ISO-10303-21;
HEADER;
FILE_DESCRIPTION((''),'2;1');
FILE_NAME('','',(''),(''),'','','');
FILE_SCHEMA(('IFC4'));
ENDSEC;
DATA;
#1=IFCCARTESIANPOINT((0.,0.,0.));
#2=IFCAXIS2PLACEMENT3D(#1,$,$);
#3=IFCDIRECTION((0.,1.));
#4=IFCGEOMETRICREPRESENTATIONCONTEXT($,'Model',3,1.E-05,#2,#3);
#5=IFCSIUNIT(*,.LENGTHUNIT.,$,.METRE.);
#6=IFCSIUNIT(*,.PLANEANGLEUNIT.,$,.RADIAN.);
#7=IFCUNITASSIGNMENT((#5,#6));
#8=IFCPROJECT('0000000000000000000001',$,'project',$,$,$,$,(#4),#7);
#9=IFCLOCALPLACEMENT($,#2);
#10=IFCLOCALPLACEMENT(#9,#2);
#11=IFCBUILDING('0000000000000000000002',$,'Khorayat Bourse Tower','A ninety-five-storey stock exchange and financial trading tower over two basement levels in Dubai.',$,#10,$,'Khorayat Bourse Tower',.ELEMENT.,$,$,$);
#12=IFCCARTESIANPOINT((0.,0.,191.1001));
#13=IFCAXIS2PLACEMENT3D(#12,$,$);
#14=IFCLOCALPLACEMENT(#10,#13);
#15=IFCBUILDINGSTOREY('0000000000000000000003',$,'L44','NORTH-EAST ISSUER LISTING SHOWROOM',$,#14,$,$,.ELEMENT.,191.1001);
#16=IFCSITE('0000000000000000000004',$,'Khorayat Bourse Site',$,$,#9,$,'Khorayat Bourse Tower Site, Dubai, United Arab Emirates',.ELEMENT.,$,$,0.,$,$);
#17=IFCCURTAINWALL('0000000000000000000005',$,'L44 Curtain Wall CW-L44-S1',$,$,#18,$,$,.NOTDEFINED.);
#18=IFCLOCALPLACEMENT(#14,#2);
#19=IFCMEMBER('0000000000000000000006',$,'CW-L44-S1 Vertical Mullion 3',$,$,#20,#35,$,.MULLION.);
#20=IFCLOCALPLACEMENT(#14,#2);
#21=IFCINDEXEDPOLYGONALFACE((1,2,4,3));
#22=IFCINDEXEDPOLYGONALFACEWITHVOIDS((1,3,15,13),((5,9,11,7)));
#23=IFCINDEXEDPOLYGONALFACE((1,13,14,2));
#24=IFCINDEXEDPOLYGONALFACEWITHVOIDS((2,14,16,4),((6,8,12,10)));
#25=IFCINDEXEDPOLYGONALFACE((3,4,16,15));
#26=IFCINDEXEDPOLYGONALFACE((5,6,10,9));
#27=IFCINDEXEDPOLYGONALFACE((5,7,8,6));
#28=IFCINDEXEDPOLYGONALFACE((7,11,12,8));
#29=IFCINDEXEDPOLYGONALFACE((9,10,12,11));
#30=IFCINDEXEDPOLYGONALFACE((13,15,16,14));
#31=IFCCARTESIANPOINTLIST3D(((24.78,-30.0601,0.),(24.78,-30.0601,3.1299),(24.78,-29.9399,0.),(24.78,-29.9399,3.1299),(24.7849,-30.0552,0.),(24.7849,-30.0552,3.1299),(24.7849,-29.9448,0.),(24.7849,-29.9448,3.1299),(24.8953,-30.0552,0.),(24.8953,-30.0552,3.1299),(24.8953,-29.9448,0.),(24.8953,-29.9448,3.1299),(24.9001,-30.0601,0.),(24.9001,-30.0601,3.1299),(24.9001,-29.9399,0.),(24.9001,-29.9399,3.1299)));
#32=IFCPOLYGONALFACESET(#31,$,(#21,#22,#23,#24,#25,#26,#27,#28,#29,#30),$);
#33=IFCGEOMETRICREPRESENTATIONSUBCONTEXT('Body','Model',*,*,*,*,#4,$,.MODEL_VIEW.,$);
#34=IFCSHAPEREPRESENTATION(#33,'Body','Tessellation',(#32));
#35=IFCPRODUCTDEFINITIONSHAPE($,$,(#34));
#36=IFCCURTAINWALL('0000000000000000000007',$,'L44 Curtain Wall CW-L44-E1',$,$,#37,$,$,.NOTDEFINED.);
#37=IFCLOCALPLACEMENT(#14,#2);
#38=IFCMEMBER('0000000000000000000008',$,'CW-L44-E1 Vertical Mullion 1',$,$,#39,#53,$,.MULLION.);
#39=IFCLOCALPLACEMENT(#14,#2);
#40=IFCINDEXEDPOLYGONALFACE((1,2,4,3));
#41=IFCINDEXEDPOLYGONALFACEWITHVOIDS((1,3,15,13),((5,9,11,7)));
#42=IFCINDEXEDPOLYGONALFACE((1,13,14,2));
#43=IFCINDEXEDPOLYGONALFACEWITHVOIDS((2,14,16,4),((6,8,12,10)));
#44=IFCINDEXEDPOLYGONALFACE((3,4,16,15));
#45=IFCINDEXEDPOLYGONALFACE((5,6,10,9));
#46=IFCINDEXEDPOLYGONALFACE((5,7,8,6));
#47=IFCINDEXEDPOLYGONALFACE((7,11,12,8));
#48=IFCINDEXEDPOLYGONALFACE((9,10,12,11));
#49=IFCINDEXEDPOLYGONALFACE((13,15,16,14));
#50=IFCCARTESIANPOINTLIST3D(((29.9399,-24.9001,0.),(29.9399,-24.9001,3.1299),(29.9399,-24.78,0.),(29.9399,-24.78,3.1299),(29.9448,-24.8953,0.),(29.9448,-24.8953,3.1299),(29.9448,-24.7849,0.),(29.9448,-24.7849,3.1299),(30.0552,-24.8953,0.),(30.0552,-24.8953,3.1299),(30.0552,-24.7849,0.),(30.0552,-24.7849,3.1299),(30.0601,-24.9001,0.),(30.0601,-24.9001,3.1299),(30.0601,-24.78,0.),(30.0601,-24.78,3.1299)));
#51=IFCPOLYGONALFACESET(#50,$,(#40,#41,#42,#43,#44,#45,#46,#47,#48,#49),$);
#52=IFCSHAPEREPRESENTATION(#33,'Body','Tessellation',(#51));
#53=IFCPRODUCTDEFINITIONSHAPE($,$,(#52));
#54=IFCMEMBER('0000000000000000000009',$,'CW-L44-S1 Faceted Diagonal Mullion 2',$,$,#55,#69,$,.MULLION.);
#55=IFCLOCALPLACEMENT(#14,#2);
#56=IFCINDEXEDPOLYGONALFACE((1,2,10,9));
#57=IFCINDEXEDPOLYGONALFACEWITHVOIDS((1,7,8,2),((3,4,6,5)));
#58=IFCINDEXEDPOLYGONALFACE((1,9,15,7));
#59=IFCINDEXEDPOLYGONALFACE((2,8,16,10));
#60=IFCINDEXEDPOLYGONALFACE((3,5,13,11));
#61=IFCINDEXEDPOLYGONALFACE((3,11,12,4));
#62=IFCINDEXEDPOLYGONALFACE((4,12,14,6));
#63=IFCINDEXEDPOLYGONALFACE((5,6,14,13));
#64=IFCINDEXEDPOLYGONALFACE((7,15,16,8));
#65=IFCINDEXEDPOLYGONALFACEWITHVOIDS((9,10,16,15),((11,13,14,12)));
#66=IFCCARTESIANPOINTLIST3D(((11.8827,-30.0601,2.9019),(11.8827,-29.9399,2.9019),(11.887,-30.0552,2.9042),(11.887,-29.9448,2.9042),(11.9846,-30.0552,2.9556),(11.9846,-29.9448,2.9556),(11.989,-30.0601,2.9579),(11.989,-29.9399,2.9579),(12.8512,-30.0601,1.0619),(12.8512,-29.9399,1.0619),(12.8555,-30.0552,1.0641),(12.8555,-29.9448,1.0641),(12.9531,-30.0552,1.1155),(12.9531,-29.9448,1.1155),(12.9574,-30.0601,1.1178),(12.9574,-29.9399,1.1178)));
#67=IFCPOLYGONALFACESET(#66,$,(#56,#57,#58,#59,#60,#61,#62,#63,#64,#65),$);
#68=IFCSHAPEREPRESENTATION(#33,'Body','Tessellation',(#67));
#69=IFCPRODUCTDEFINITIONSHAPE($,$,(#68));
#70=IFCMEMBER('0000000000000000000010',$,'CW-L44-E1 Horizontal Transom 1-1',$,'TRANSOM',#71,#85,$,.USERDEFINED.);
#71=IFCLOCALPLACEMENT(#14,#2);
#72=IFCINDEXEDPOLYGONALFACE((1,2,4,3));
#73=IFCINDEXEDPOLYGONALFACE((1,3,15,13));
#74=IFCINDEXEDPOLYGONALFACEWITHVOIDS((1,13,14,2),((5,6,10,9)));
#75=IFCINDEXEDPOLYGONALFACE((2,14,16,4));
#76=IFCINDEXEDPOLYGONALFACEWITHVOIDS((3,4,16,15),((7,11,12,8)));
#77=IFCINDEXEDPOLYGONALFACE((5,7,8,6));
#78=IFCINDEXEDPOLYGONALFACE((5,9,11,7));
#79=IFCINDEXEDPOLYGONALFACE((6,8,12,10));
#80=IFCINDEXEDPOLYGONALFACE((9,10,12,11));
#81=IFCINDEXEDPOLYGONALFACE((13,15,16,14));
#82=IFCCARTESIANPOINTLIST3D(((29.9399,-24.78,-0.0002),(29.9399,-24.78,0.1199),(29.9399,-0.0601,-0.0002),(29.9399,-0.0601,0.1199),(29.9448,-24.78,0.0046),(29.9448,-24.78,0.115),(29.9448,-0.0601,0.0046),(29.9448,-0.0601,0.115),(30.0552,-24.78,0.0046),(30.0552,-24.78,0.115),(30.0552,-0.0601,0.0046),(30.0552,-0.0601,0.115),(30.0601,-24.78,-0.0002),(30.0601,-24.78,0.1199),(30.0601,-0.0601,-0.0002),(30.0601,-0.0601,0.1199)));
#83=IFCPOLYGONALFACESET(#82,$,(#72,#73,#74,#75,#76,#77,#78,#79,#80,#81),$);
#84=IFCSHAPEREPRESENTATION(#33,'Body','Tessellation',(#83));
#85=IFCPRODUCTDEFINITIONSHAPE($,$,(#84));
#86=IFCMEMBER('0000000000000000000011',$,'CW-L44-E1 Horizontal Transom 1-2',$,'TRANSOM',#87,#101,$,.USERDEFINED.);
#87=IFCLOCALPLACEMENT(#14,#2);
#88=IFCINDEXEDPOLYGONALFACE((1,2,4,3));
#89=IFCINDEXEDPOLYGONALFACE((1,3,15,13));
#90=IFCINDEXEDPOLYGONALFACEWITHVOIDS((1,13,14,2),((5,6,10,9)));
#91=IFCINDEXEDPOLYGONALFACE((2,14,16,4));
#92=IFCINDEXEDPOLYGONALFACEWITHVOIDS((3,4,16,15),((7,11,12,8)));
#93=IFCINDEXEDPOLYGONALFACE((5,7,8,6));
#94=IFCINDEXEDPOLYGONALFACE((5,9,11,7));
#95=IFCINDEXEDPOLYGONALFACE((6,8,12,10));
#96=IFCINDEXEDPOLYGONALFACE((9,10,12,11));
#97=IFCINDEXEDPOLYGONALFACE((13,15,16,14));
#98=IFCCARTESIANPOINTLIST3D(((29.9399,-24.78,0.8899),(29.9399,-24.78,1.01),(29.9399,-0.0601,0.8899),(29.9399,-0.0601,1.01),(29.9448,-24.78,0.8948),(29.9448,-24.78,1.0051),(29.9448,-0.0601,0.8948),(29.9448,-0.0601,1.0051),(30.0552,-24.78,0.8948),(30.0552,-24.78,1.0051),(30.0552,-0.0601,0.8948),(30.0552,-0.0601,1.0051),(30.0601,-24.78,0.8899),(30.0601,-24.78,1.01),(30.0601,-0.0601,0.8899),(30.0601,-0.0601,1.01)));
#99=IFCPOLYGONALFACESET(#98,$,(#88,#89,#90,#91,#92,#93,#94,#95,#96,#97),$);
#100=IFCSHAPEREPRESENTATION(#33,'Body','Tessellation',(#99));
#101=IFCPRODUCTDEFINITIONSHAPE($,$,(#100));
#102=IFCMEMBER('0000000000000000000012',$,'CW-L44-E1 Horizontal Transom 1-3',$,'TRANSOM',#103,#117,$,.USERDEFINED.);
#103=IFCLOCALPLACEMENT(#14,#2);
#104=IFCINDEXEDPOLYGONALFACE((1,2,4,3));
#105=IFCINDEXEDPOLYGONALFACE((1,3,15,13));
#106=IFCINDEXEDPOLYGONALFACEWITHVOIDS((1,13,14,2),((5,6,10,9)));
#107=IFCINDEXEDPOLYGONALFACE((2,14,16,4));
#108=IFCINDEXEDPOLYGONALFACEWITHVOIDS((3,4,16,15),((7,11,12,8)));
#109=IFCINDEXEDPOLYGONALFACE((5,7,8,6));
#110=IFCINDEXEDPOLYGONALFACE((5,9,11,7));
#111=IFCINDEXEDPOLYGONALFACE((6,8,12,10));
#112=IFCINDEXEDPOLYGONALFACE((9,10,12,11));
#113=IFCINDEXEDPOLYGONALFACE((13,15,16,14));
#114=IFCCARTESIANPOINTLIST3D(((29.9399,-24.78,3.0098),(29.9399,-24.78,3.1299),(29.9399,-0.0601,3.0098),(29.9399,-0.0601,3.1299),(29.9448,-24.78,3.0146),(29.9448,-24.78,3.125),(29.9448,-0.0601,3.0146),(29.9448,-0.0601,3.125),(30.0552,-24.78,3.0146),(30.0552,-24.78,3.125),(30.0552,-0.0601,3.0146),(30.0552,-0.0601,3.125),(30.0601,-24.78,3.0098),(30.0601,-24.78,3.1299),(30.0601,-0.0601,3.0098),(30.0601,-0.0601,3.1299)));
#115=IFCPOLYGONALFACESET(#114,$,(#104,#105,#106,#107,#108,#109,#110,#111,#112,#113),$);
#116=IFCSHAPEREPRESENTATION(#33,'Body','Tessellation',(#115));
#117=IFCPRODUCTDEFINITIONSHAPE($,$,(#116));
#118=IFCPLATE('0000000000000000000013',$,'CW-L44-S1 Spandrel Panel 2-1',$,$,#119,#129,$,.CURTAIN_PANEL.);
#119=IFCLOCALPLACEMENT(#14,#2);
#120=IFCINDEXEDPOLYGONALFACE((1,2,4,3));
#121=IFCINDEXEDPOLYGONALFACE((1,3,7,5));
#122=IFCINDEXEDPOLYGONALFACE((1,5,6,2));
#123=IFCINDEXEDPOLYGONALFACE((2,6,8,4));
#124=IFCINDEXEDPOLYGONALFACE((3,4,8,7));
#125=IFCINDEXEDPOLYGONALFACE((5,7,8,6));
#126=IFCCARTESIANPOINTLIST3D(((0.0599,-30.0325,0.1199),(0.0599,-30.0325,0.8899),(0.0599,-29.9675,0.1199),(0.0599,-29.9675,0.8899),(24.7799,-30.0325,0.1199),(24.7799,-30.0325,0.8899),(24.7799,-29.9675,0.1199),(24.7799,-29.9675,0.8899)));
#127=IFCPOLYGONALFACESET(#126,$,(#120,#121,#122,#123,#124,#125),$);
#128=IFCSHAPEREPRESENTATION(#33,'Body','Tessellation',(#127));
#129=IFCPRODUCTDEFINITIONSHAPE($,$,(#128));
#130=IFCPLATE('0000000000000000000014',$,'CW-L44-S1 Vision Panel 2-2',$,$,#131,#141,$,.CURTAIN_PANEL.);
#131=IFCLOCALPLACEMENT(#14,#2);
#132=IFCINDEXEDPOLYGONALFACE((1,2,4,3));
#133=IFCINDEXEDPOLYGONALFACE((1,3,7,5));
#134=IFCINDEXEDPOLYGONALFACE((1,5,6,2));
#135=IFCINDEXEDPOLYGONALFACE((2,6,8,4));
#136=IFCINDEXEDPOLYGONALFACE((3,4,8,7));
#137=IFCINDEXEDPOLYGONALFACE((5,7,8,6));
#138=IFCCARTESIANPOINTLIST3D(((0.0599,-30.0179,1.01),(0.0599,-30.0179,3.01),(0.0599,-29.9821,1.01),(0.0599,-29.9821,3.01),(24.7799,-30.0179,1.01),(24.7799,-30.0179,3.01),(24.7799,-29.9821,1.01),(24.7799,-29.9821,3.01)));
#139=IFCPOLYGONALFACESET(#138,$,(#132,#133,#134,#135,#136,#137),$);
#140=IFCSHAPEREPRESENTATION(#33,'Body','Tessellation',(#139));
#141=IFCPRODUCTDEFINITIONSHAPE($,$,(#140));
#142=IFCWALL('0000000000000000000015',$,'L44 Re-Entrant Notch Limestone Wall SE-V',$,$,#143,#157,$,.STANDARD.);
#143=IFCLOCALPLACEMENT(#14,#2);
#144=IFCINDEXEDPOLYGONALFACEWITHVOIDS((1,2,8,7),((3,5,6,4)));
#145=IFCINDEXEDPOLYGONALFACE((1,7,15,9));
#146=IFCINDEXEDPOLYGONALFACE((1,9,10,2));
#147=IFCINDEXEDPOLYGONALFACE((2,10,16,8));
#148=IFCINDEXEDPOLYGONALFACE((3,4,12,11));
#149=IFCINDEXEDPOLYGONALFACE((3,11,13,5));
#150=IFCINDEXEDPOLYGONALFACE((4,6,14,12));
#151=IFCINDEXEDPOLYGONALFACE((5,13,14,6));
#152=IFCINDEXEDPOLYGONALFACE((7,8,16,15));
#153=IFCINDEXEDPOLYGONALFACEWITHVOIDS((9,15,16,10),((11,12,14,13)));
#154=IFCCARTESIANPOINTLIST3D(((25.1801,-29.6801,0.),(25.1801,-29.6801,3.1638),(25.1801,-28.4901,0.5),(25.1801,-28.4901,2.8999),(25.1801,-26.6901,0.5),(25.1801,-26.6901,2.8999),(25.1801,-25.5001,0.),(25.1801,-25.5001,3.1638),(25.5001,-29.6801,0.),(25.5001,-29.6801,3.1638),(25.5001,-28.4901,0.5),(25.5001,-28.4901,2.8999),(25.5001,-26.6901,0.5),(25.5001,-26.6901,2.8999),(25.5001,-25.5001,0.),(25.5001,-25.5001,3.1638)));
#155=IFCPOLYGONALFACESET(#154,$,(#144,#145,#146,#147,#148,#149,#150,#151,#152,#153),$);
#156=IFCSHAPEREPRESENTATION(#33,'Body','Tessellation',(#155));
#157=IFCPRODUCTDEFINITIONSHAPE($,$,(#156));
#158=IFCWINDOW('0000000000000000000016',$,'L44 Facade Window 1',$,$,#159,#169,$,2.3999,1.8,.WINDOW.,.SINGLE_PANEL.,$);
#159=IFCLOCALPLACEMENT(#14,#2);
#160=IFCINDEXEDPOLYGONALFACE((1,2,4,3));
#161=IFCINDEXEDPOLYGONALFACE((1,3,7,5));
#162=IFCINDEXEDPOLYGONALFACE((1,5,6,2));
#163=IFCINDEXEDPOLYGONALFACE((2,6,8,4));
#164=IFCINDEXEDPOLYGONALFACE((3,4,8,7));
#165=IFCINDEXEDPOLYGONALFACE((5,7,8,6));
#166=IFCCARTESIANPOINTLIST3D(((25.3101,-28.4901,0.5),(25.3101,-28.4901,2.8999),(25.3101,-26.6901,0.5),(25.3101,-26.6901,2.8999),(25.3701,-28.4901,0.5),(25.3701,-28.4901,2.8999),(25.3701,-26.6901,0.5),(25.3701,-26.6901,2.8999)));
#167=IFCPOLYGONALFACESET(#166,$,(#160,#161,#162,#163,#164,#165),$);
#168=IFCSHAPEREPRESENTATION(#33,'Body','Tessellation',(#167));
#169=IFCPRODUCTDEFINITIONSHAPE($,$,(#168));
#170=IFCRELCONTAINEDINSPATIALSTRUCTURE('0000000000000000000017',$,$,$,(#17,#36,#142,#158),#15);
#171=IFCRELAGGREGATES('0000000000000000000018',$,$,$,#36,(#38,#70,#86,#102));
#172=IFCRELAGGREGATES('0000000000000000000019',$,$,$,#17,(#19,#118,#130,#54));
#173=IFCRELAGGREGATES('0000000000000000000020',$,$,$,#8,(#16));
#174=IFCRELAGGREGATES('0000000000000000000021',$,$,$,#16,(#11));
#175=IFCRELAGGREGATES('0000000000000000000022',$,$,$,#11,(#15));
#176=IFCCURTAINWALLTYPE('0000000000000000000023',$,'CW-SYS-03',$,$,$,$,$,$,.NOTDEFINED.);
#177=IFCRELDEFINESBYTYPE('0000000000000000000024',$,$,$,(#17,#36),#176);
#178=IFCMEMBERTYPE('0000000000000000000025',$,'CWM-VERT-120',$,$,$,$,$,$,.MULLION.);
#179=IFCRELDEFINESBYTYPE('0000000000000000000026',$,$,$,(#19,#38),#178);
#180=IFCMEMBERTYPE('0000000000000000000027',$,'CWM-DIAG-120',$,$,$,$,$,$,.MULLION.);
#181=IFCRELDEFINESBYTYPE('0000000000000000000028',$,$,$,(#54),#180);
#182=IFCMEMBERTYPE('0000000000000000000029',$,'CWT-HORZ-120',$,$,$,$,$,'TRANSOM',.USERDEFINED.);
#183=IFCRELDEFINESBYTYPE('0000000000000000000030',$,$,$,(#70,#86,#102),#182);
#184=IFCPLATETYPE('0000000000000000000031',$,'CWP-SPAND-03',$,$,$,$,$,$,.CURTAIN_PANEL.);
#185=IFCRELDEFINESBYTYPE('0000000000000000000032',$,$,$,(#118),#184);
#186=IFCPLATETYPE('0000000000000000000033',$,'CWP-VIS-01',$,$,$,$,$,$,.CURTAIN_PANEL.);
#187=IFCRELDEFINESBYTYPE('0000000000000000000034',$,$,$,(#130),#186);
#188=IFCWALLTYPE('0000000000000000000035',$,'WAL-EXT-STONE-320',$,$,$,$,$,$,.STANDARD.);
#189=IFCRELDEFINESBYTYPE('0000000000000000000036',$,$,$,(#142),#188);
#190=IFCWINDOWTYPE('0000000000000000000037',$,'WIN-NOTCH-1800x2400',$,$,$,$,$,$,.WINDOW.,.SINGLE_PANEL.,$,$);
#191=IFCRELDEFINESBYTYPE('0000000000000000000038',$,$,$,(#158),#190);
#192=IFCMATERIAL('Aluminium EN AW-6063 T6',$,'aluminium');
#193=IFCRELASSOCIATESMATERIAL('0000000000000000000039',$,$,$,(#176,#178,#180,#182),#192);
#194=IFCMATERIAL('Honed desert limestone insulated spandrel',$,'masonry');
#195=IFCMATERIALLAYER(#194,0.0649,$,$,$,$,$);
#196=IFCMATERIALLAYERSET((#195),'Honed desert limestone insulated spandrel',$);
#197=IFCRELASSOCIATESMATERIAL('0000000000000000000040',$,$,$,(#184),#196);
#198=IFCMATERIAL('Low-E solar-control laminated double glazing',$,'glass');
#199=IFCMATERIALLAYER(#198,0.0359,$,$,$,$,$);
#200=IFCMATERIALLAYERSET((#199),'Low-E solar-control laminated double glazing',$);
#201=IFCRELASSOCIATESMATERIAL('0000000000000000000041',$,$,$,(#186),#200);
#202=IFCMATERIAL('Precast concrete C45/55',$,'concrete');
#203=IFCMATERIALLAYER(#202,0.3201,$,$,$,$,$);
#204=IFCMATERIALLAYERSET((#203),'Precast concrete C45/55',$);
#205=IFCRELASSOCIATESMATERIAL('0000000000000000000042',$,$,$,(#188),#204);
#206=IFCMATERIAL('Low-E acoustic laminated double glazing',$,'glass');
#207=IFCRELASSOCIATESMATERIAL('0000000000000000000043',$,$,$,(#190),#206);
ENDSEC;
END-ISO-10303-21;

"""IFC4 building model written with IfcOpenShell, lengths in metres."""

from ifc_helpers import new_model, si_unit, direction, frame, frame_2d, origin, origin_2d, place, context, subcontext, project, spatial, rectangle, hollow_rectangle, extrude, source, transform, mapped, material, layer, layer_set, material_profile, profile_set, type_object, element, fill, aggregate, save


model = new_model("IFC4")

# Units and contexts
model_context = context("Model", 3, precision=1e-05, world=origin(), true_north=direction((0.0, 1.0)))
body_context = subcontext(model_context, "Body", "Model", "MODEL_VIEW")
ifc_project = project(units=[si_unit("LENGTHUNIT", "METRE"), si_unit("PLANEANGLEUNIT", "RADIAN")], contexts=[model_context])

# Site, building, storey
site_placement = place(None, origin())
site = spatial("IfcSite", under=ifc_project, at=site_placement, Name="Khorayat Bourse Site", LongName="Khorayat Bourse Tower Site, Dubai, United Arab Emirates", CompositionType="ELEMENT", RefElevation=0.0)
building_placement = place(site_placement, origin())
building = spatial("IfcBuilding", under=site, at=building_placement, Name="Khorayat Bourse Tower", Description="A ninety-five-storey stock exchange and financial trading tower over two basement levels in Dubai.", LongName="Khorayat Bourse Tower", CompositionType="ELEMENT")
storey_placement = place(building_placement, frame((0.0, 0.0, 191.1001)))
storey = spatial("IfcBuildingStorey", under=building, at=storey_placement, Name="L44", Description="NORTH-EAST ISSUER LISTING SHOWROOM", CompositionType="ELEMENT", Elevation=191.1001)

# Curtain walls, members
ifc_material_1 = material(Name="Aluminium EN AW-6063 T6", Category="aluminium")
curtain_wall_type = type_object("IfcCurtainWallType", Name="CW-SYS-03", PredefinedType="NOTDEFINED", material=ifc_material_1)
curtain_wall_1_placement = place(storey_placement, origin())
curtain_wall_1 = element("IfcCurtainWall", 1, at=curtain_wall_1_placement, inside=storey, type_object=curtain_wall_type, Name="L44 Curtain Wall CW-L44-S1", PredefinedType="NOTDEFINED")
ifc_material_profile_1 = material_profile(ifc_material_1, hollow_rectangle(XDim=0.1201, YDim=0.1201, WallThickness=0.0049, at=origin_2d()), Name="ALU 120x120x5")
ifc_profile_set_1 = profile_set([ifc_material_profile_1], Name="Aluminium EN AW-6063 T6")
member_type_1 = type_object("IfcMemberType", Name="CWM-VERT-120", PredefinedType="MULLION", material=ifc_profile_set_1)
shared_shape_1 = source(origin(), body_context, "Body", "SweptSolid", [
    extrude(hollow_rectangle(XDim=0.1201, YDim=0.1201, WallThickness=0.0049, at=origin_2d()), origin(), (0.0, 0.0, 1.0), 3.1299),
])
member_1_placement = place(storey_placement, frame((24.8401, -30.0, 0.0), z_axis=(0.0, 0.0, 1.0), x_axis=(0.0, 1.0, 0.0)))
member_1 = element("IfcMember", 2, at=member_1_placement, type_object=member_type_1, Name="CW-L44-S1 Vertical Mullion 3", PredefinedType="MULLION", context=body_context, shape_type="MappedRepresentation", body=[
    mapped(shared_shape_1, transform((0.0, 0.0, 0.0), scale=1.0)),
])
curtain_wall_2_placement = place(storey_placement, origin())
curtain_wall_2 = element("IfcCurtainWall", 3, at=curtain_wall_2_placement, inside=storey, type_object=curtain_wall_type, Name="L44 Curtain Wall CW-L44-E1", PredefinedType="NOTDEFINED")
member_2_placement = place(storey_placement, frame((30.0, -24.8401, 0.0), z_axis=(0.0, 0.0, 1.0), x_axis=(-1.0, 0.0, 0.0)))
member_2 = element("IfcMember", 4, at=member_2_placement, type_object=member_type_1, Name="CW-L44-E1 Vertical Mullion 1", PredefinedType="MULLION", context=body_context, shape_type="MappedRepresentation", body=[
    mapped(shared_shape_1, transform((0.0, 0.0, 0.0), scale=1.0)),
])

# Members
ifc_material_profile_2 = material_profile(ifc_material_1, hollow_rectangle(XDim=0.1201, YDim=0.1201, WallThickness=0.0049, at=origin_2d()), Name="ALU 120x120x5")
ifc_profile_set_2 = profile_set([ifc_material_profile_2], Name="Aluminium EN AW-6063 T6")
member_type_2 = type_object("IfcMemberType", Name="CWM-DIAG-120", PredefinedType="MULLION", material=ifc_profile_set_2)
shared_shape_2 = source(origin(), body_context, "Body", "SweptSolid", [
    extrude(hollow_rectangle(XDim=0.1201, YDim=0.1201, WallThickness=0.0049, at=origin_2d()), origin(), (0.0, 0.0, 1.0), 2.0793),
])
member_3_placement = place(storey_placement, frame((12.9043, -30.0, 1.0898), z_axis=(-0.465761, 0.0, 0.884911), x_axis=(0.0, -1.0, 0.0)))
member_3 = element("IfcMember", 5, at=member_3_placement, type_object=member_type_2, Name="CW-L44-S1 Faceted Diagonal Mullion 2", PredefinedType="MULLION", context=body_context, shape_type="MappedRepresentation", body=[
    mapped(shared_shape_2, transform((0.0, 0.0, 0.0), scale=1.0)),
])
ifc_material_profile_3 = material_profile(ifc_material_1, hollow_rectangle(XDim=0.1201, YDim=0.1201, WallThickness=0.0049, at=origin_2d()), Name="ALU 120x120x5")
ifc_profile_set_3 = profile_set([ifc_material_profile_3], Name="Aluminium EN AW-6063 T6")
member_type_3 = type_object("IfcMemberType", Name="CWT-HORZ-120", ElementType="TRANSOM", PredefinedType="USERDEFINED", material=ifc_profile_set_3)
shared_shape_3 = source(origin(), body_context, "Body", "SweptSolid", [
    extrude(hollow_rectangle(XDim=0.1201, YDim=0.1201, WallThickness=0.0049, at=origin_2d()), origin(), (0.0, 0.0, 1.0), 24.72),
])
member_4_placement = place(storey_placement, frame((30.0, -24.78, 0.0598), z_axis=(0.0, 1.0, 0.0), x_axis=(-1.0, 0.0, 0.0)))
member_4 = element("IfcMember", 6, at=member_4_placement, type_object=member_type_3, Name="CW-L44-E1 Horizontal Transom 1-1", ObjectType="TRANSOM", PredefinedType="USERDEFINED", context=body_context, shape_type="MappedRepresentation", body=[
    mapped(shared_shape_3, transform((0.0, 0.0, 0.0), scale=1.0)),
])
member_5_placement = place(storey_placement, frame((30.0, -24.78, 0.95), z_axis=(0.0, 1.0, 0.0), x_axis=(-1.0, 0.0, 0.0)))
member_5 = element("IfcMember", 7, at=member_5_placement, type_object=member_type_3, Name="CW-L44-E1 Horizontal Transom 1-2", ObjectType="TRANSOM", PredefinedType="USERDEFINED", context=body_context, shape_type="MappedRepresentation", body=[
    mapped(shared_shape_3, transform((0.0, 0.0, 0.0), scale=1.0)),
])
member_6_placement = place(storey_placement, frame((30.0, -24.78, 3.0698), z_axis=(0.0, 1.0, 0.0), x_axis=(-1.0, 0.0, 0.0)))
member_6 = element("IfcMember", 8, at=member_6_placement, type_object=member_type_3, Name="CW-L44-E1 Horizontal Transom 1-3", ObjectType="TRANSOM", PredefinedType="USERDEFINED", context=body_context, shape_type="MappedRepresentation", body=[
    mapped(shared_shape_3, transform((0.0, 0.0, 0.0), scale=1.0)),
])
aggregate(curtain_wall_2, [member_2, member_4, member_5, member_6])

# Plates
ifc_material_2 = material(Name="Honed desert limestone insulated spandrel", Category="masonry")
ifc_layer_1 = layer(ifc_material_2, 0.0649)
ifc_layer_set_1 = layer_set([ifc_layer_1], Name="Honed desert limestone insulated spandrel")
plate_type_1 = type_object("IfcPlateType", Name="CWP-SPAND-03", PredefinedType="CURTAIN_PANEL", material=ifc_layer_set_1)
shared_shape_4 = source(origin(), body_context, "Body", "SweptSolid", [
    extrude(rectangle(XDim=24.72, YDim=0.0649, at=origin_2d()), origin(), (0.0, 0.0, 1.0), 0.77),
])
plate_1_placement = place(storey_placement, frame((12.4199, -30.0, 0.1199), z_axis=(0.0, 0.0, 1.0), x_axis=(1.0, 0.0, 0.0)))
plate_1 = element("IfcPlate", 9, at=plate_1_placement, type_object=plate_type_1, Name="CW-L44-S1 Spandrel Panel 2-1", PredefinedType="CURTAIN_PANEL", context=body_context, shape_type="MappedRepresentation", body=[
    mapped(shared_shape_4, transform((0.0, 0.0, 0.0), scale=1.0)),
])
ifc_material_3 = material(Name="Low-E solar-control laminated double glazing", Category="glass")
ifc_layer_2 = layer(ifc_material_3, 0.0359)
ifc_layer_set_2 = layer_set([ifc_layer_2], Name="Low-E solar-control laminated double glazing")
plate_type_2 = type_object("IfcPlateType", Name="CWP-VIS-01", PredefinedType="CURTAIN_PANEL", material=ifc_layer_set_2)
shared_shape_5 = source(origin(), body_context, "Body", "SweptSolid", [
    extrude(rectangle(XDim=24.72, YDim=0.0359, at=origin_2d()), origin(), (0.0, 0.0, 1.0), 2.0),
])
plate_2_placement = place(storey_placement, frame((12.4199, -30.0, 1.01), z_axis=(0.0, 0.0, 1.0), x_axis=(1.0, 0.0, 0.0)))
plate_2 = element("IfcPlate", 10, at=plate_2_placement, type_object=plate_type_2, Name="CW-L44-S1 Vision Panel 2-2", PredefinedType="CURTAIN_PANEL", context=body_context, shape_type="MappedRepresentation", body=[
    mapped(shared_shape_5, transform((0.0, 0.0, 0.0), scale=1.0)),
])
aggregate(curtain_wall_1, [member_1, plate_1, plate_2, member_3])

# Wall, opening, window
ifc_material_4 = material(Name="Precast concrete C45/55", Category="concrete")
ifc_layer_3 = layer(ifc_material_4, 0.3201)
ifc_layer_set_3 = layer_set([ifc_layer_3], Name="Precast concrete C45/55")
wall_type_1 = type_object("IfcWallType", Name="WAL-EXT-STONE-320", PredefinedType="STANDARD", material=ifc_layer_set_3)
shared_shape_6 = source(origin(), body_context, "Body", "SweptSolid", [
    extrude(rectangle(XDim=4.1799, YDim=0.3201, at=frame_2d((2.0898, 0.0))), origin(), (0.0, 0.0, 1.0), 3.1638),
])
wall_1_placement = place(storey_placement, frame((25.3401, -29.6799, 0.0), z_axis=(0.0, 0.0, 1.0), x_axis=(0.0, 1.0, 0.0)))
wall_1 = element("IfcWall", 11, at=wall_1_placement, inside=storey, type_object=wall_type_1, Name="L44 Re-Entrant Notch Limestone Wall SE-V", PredefinedType="STANDARD", context=body_context, shape_type="MappedRepresentation", body=[
    mapped(shared_shape_6, transform((0.0, 0.0, 0.0), scale=1.0)),
])
shared_shape_7 = source(origin(), body_context, "Body", "SweptSolid", [
    extrude(rectangle(XDim=1.8, YDim=2.3999, at=frame_2d((0.8999, 1.2))), frame((0.0, 0.1699, 0.0), z_axis=(0.0, -1.0, 0.0), x_axis=(1.0, 0.0, 0.0)), (0.0, 0.0, 1.0), 0.3401),
])
opening_1_placement = place(wall_1_placement, frame((1.1899, 0.0, 0.5)))
opening_1 = element("IfcOpeningElement", 12, at=opening_1_placement, cuts=wall_1, PredefinedType="OPENING", context=body_context, shape_type="MappedRepresentation", body=[
    mapped(shared_shape_7, transform((0.0, 0.0, 0.0), scale=1.0)),
])
ifc_material_5 = material(Name="Low-E acoustic laminated double glazing", Category="glass")
window_type = type_object("IfcWindowType", Name="WIN-NOTCH-1800x2400", PartitioningType="SINGLE_PANEL", PredefinedType="WINDOW", material=ifc_material_5)
shared_shape_8 = source(origin(), body_context, "Body", "SweptSolid", [
    extrude(rectangle(XDim=1.8, YDim=2.3999, at=frame_2d((0.8999, 1.2))), frame((0.0, 0.03, 0.0), z_axis=(0.0, -1.0, 0.0), x_axis=(1.0, 0.0, 0.0)), (0.0, 0.0, 1.0), 0.0601),
])
window_1_placement = place(opening_1_placement, origin())
window_1 = element("IfcWindow", 13, at=window_1_placement, inside=storey, type_object=window_type, Name="L44 Facade Window 1", OverallHeight=2.3999, OverallWidth=1.8, PartitioningType="SINGLE_PANEL", PredefinedType="WINDOW", context=body_context, shape_type="MappedRepresentation", body=[
    mapped(shared_shape_8, transform((0.0, 0.0, 0.0), scale=1.0)),
])
fill(opening_1, window_1)

save(model, "model.ifc")
